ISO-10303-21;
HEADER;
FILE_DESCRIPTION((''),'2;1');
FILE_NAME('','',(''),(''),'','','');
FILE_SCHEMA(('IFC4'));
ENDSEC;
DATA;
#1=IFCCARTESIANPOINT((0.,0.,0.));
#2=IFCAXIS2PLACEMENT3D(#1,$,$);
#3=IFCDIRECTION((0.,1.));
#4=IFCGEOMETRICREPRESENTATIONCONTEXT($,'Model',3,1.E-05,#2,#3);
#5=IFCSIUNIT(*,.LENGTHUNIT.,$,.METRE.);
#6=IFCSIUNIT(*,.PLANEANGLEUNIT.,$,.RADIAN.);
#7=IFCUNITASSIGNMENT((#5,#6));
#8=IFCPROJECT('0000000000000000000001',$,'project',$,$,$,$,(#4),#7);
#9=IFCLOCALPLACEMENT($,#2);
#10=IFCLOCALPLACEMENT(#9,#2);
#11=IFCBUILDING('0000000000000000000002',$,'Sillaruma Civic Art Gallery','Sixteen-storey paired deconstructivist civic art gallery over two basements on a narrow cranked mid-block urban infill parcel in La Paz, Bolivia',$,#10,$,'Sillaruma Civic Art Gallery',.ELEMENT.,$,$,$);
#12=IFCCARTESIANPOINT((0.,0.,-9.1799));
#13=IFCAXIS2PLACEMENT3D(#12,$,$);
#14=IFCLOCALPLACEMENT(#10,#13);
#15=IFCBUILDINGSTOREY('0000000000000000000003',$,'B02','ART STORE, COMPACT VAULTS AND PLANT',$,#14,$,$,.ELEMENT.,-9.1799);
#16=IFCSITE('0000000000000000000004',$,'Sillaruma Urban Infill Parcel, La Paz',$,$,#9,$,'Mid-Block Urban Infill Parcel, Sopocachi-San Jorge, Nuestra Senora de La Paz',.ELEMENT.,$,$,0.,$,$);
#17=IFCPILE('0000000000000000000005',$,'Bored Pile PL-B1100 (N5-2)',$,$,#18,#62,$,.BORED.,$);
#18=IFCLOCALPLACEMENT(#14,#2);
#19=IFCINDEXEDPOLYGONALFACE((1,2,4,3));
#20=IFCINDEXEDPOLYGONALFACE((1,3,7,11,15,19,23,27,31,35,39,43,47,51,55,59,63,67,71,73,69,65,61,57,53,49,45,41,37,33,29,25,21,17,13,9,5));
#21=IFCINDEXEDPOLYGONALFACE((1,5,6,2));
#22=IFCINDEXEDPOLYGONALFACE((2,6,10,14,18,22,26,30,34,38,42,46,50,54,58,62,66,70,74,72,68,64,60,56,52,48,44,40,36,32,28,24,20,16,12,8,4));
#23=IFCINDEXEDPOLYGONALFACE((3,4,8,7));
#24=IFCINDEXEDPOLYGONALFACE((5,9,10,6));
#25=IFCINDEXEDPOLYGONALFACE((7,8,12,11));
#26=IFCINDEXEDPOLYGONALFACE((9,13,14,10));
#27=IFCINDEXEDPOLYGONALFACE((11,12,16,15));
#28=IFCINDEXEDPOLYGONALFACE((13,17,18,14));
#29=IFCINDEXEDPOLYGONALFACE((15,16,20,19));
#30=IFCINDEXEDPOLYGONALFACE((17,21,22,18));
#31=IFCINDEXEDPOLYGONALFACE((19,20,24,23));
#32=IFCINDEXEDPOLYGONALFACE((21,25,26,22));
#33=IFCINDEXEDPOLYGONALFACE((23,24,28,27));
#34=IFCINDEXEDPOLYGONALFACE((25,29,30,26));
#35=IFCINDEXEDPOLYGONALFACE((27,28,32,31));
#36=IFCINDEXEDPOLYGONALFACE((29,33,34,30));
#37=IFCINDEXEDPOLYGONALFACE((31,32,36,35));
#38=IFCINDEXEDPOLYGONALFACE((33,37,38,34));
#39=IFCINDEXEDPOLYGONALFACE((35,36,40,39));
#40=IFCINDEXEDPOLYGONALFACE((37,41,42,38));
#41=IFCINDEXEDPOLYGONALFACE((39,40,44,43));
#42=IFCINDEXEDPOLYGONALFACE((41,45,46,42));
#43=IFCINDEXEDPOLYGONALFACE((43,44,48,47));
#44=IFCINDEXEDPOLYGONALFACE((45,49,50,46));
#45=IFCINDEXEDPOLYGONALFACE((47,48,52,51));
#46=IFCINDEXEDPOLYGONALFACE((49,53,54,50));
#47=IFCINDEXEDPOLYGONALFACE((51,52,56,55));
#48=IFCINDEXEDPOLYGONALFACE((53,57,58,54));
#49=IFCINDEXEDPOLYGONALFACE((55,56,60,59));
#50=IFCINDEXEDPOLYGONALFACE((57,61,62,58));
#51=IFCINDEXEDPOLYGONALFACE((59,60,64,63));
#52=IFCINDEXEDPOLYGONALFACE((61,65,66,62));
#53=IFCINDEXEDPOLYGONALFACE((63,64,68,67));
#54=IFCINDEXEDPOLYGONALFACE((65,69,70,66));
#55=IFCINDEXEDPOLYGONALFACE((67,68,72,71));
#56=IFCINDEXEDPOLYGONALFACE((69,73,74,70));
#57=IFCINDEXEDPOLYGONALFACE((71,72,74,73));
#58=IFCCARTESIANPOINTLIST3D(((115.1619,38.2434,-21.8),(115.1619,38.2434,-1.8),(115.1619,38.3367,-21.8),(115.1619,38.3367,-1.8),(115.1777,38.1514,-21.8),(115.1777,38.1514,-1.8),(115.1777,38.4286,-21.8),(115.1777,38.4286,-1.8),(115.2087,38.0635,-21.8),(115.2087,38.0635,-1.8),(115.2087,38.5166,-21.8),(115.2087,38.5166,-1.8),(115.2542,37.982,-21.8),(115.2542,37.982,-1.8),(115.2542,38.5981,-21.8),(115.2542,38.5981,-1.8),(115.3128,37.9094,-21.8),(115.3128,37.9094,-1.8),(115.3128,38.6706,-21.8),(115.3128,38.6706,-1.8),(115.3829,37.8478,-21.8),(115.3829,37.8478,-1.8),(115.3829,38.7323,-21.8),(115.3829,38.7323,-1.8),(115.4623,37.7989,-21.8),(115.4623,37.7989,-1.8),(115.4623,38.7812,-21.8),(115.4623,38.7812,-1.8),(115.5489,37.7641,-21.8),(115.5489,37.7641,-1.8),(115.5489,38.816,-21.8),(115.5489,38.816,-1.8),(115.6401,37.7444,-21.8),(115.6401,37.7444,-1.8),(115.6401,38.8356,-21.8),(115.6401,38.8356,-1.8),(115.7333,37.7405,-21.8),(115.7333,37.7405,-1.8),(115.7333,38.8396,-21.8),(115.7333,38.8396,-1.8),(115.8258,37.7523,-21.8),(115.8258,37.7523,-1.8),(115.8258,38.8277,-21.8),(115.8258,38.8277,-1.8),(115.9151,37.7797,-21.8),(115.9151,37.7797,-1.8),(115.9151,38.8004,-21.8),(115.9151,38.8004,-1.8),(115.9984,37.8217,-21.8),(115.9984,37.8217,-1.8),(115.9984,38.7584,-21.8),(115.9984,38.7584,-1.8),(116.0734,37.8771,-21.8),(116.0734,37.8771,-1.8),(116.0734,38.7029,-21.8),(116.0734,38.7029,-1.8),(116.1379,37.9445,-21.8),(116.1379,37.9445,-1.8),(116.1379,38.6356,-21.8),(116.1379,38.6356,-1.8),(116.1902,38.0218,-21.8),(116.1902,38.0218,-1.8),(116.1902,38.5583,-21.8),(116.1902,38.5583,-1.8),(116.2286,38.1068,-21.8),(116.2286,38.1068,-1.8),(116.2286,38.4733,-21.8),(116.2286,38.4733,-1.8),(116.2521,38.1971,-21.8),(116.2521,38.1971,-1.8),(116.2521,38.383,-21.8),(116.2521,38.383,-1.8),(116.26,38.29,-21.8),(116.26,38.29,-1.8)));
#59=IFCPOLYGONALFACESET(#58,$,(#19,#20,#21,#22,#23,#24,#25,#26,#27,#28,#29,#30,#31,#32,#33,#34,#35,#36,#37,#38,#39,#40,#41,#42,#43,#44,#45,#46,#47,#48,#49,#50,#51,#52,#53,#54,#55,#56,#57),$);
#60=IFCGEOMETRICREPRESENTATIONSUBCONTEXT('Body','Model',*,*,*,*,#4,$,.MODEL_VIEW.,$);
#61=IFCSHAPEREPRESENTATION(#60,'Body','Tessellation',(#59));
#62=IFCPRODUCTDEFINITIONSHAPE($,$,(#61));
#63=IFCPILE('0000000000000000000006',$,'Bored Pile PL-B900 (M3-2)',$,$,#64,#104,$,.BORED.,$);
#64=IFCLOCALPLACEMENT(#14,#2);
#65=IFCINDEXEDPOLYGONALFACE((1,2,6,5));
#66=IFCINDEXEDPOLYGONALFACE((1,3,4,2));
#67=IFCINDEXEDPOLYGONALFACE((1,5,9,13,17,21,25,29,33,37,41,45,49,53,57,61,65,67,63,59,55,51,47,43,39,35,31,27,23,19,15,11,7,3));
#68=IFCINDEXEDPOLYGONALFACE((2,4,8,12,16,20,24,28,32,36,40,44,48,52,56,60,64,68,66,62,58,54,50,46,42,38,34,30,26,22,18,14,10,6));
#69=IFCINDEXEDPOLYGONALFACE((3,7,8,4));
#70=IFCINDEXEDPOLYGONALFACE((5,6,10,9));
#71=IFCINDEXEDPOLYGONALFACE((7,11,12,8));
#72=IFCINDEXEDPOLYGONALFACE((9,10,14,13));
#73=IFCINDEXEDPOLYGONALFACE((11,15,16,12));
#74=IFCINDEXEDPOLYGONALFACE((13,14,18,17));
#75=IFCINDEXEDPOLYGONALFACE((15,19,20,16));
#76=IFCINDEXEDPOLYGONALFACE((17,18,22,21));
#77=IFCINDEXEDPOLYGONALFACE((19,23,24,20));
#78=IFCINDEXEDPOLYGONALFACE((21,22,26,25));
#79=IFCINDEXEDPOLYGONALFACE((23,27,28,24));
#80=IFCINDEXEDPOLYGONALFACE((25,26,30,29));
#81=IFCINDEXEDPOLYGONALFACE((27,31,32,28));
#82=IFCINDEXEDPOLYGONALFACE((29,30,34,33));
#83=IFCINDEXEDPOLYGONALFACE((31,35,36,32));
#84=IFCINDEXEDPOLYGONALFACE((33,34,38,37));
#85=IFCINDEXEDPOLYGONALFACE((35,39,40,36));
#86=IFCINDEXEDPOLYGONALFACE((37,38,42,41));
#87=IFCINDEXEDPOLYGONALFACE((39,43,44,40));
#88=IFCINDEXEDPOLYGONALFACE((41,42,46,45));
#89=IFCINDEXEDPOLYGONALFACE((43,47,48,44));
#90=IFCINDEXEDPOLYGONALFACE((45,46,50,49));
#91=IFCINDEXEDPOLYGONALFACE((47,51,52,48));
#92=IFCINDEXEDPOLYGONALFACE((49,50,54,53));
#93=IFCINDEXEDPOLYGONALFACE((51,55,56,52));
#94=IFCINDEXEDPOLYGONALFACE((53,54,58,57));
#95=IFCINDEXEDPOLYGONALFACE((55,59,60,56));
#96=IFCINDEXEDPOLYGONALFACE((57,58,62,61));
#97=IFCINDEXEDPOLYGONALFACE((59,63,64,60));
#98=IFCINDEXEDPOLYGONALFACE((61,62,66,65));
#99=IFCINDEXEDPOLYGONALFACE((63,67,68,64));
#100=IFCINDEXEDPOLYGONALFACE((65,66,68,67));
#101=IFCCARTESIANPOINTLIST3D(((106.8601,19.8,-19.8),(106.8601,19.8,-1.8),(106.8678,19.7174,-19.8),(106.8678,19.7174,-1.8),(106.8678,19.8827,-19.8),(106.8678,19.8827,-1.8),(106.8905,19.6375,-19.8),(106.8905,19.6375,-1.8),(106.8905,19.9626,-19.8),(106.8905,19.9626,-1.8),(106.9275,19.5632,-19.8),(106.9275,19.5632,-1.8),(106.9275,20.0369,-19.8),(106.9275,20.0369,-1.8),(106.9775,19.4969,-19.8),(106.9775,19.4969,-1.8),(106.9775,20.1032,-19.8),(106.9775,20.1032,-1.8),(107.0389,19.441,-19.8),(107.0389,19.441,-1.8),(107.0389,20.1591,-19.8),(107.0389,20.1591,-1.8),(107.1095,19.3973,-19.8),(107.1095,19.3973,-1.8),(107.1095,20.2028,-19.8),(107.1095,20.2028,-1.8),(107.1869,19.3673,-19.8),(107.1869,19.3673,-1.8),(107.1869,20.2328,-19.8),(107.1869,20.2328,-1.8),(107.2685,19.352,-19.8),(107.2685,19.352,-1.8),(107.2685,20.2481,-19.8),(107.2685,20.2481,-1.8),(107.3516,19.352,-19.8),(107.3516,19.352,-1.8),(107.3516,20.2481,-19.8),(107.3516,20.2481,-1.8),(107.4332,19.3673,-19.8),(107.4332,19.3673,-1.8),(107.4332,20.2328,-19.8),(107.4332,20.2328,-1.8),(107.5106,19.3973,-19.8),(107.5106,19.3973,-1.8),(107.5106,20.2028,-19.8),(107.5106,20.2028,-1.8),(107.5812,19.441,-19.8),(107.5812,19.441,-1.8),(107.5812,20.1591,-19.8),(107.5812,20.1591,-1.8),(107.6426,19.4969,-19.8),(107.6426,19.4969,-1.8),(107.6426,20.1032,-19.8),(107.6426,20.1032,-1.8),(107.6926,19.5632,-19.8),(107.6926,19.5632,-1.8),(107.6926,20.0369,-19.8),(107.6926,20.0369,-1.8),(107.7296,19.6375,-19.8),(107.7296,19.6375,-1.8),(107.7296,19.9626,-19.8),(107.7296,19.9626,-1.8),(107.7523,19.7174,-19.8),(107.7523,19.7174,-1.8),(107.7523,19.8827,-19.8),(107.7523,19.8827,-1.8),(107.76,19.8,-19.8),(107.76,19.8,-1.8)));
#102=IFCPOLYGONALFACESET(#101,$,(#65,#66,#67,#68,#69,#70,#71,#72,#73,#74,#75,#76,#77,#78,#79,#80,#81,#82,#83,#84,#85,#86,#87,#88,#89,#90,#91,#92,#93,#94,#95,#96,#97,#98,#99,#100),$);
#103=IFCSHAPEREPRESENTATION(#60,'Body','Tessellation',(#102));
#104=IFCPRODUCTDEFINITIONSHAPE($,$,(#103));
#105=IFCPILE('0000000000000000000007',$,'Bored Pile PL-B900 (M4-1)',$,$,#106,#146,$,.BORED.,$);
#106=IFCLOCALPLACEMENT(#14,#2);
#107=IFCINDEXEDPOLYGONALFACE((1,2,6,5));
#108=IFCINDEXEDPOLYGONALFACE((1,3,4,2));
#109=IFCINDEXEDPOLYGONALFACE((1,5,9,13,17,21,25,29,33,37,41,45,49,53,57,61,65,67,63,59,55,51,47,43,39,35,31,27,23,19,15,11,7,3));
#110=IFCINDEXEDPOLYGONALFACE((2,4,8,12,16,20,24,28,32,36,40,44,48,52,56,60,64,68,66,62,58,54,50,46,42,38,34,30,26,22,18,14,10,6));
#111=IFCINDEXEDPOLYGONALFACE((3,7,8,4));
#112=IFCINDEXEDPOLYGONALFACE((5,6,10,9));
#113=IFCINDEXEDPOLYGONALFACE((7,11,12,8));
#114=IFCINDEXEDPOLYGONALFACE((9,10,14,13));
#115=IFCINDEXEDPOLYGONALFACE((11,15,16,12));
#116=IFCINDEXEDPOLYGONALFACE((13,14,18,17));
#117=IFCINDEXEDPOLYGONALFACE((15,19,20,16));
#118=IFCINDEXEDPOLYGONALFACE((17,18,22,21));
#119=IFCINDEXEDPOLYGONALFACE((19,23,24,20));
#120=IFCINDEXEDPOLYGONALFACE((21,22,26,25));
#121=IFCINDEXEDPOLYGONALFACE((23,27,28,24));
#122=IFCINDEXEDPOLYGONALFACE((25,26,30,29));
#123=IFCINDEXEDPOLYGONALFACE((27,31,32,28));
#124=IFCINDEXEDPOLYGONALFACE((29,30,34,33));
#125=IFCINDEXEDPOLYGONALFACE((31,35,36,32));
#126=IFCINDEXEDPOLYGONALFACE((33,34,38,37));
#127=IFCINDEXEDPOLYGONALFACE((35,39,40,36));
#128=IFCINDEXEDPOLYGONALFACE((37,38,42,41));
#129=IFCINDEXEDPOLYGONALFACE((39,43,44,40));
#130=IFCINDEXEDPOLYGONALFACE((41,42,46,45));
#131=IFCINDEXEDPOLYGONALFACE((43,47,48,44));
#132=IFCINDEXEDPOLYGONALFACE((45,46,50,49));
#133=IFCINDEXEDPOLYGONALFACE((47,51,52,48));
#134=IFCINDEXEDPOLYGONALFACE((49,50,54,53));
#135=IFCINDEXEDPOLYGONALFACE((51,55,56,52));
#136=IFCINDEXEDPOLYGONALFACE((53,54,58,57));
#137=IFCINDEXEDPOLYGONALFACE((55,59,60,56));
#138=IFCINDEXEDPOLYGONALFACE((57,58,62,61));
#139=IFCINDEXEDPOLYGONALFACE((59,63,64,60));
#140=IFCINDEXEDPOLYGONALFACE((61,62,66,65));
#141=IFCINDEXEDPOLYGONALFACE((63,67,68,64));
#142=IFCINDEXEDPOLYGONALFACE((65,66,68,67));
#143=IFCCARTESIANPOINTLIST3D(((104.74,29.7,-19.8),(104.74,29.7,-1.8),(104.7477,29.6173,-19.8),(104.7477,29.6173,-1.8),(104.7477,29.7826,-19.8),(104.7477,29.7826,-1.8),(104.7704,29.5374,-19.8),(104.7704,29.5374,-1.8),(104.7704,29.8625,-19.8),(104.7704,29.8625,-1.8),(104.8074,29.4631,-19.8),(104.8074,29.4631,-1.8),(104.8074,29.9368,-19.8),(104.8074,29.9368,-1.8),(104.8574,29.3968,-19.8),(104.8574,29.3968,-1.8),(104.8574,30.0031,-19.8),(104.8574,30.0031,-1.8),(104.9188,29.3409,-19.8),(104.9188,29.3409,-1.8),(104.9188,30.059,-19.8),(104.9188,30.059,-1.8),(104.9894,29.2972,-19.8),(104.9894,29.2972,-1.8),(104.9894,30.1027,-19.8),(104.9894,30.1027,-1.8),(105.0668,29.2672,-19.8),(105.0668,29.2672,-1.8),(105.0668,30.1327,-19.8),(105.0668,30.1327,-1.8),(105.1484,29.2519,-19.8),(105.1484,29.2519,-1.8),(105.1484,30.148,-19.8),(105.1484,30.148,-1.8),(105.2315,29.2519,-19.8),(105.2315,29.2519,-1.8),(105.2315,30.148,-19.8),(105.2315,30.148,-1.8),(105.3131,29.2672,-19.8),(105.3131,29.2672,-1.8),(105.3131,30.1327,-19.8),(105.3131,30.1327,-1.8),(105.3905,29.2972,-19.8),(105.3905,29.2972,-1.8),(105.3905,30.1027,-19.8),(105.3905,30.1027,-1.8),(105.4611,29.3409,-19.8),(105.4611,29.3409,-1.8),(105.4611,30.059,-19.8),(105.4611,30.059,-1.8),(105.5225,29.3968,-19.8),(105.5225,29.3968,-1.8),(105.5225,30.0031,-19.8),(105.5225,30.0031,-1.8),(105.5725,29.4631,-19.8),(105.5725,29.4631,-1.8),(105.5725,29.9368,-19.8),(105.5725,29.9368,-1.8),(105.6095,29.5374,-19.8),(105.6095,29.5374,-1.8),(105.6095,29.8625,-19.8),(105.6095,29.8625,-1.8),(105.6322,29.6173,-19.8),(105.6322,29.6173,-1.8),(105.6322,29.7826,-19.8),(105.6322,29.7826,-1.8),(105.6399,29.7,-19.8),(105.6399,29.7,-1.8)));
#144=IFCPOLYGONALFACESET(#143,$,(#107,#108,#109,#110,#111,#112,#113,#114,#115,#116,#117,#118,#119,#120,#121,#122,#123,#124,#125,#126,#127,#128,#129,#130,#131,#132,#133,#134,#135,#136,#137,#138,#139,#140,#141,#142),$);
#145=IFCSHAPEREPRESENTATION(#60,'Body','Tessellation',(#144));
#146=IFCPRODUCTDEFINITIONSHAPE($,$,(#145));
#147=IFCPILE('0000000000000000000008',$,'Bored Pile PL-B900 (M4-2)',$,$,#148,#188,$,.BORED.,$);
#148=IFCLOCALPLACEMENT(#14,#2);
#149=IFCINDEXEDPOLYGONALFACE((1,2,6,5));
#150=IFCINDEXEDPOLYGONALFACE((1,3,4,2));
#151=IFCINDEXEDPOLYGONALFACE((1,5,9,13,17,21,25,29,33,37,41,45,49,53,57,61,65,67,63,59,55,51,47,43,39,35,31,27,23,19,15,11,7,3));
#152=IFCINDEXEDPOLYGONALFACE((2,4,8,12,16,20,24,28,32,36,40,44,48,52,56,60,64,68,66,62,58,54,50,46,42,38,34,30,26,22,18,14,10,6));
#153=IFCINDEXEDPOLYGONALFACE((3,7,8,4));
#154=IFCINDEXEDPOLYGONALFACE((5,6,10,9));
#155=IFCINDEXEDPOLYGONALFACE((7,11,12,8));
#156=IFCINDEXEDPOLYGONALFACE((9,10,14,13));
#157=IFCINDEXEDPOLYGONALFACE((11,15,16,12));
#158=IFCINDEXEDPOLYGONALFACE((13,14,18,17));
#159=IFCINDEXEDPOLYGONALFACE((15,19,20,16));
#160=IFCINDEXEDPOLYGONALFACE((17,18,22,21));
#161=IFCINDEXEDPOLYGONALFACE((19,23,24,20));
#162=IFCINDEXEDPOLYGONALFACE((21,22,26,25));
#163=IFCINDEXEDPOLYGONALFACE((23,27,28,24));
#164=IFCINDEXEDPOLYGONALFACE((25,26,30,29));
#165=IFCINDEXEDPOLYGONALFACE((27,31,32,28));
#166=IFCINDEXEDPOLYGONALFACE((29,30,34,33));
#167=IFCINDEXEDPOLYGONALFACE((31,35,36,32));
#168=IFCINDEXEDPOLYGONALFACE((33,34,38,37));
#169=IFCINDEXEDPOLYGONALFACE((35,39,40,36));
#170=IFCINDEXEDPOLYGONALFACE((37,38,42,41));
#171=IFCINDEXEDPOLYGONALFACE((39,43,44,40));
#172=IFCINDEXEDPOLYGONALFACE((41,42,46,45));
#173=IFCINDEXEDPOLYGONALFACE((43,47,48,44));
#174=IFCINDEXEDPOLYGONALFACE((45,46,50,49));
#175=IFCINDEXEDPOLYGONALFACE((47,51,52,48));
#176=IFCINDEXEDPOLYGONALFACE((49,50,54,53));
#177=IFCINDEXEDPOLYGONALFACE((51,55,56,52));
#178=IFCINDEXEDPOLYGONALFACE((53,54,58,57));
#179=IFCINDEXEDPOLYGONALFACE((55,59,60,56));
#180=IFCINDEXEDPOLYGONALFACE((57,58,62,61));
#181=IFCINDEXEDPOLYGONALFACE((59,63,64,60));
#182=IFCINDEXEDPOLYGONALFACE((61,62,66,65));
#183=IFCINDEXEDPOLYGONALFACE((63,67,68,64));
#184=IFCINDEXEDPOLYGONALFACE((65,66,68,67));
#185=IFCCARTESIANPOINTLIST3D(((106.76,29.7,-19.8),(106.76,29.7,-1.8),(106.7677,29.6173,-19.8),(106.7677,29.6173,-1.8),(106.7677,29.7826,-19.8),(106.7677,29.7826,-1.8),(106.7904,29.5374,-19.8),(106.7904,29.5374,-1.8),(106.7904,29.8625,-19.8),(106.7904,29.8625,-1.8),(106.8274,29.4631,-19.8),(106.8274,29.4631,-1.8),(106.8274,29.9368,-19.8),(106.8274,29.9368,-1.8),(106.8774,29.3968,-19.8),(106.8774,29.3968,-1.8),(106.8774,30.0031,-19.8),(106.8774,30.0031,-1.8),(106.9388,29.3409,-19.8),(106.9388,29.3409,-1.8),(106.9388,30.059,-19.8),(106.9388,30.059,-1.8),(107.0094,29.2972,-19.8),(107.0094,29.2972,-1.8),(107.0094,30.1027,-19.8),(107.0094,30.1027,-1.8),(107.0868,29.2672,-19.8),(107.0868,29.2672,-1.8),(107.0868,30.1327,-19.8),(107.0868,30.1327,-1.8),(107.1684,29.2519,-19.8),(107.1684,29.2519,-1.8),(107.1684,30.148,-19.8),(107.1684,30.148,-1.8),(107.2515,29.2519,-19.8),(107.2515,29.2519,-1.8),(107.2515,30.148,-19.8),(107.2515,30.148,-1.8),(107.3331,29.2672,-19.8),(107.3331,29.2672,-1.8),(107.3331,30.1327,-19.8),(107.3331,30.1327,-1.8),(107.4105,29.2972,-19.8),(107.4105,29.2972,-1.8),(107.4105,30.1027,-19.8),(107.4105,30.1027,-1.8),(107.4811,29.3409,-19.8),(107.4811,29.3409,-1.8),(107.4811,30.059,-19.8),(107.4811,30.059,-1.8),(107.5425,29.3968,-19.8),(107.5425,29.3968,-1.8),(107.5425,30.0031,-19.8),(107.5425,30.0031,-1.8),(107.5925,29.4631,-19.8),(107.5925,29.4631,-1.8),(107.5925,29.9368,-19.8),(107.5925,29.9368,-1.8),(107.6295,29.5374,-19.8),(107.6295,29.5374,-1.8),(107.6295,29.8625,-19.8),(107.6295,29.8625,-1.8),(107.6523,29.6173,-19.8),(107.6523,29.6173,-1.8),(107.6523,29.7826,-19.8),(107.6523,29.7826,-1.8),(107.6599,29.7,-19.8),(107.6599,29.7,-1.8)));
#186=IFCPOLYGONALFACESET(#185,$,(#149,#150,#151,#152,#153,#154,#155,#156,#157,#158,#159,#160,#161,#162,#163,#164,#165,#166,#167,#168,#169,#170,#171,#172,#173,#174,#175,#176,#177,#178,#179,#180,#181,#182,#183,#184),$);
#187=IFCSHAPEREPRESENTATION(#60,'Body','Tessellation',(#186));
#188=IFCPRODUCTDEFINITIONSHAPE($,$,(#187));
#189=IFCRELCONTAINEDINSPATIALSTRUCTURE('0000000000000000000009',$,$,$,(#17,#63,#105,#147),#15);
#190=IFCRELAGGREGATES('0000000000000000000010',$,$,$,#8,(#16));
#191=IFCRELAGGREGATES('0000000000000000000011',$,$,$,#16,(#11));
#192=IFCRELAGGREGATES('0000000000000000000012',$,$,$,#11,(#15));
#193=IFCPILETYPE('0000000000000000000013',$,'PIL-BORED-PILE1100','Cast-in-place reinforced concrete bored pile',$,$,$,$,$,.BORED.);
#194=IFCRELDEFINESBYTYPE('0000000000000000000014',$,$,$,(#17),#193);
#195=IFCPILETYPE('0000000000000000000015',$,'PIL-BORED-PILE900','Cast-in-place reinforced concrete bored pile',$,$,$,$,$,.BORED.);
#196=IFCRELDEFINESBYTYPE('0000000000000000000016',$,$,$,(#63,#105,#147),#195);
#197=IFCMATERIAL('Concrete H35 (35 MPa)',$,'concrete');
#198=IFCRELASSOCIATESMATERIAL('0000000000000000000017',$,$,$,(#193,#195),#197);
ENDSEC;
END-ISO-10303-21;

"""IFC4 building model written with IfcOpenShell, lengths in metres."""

from ifc_helpers import new_model, si_unit, direction, frame, origin, origin_2d, place, context, subcontext, project, spatial, circle, extrude, material, material_profile, profile_set, type_object, element, save


model = new_model("IFC4")

# Units and contexts
model_context = context("Model", 3, precision=1e-05, world=origin(), true_north=direction((0.0, 1.0)))
body_context = subcontext(model_context, "Body", "Model", "MODEL_VIEW")
ifc_project = project(units=[si_unit("LENGTHUNIT", "METRE"), si_unit("PLANEANGLEUNIT", "RADIAN")], contexts=[model_context])

# Site, building, storey
site_placement = place(None, origin())
site = spatial("IfcSite", under=ifc_project, at=site_placement, Name="Sillaruma Urban Infill Parcel, La Paz", LongName="Mid-Block Urban Infill Parcel, Sopocachi-San Jorge, Nuestra Senora de La Paz", CompositionType="ELEMENT", RefElevation=0.0)
building_placement = place(site_placement, origin())
building = spatial("IfcBuilding", under=site, at=building_placement, Name="Sillaruma Civic Art Gallery", Description="Sixteen-storey paired deconstructivist civic art gallery over two basements on a narrow cranked mid-block urban infill parcel in La Paz, Bolivia", LongName="Sillaruma Civic Art Gallery", CompositionType="ELEMENT")
storey_placement = place(building_placement, frame((0.0, 0.0, -9.1799)))
storey = spatial("IfcBuildingStorey", under=building, at=storey_placement, Name="B02", Description="ART STORE, COMPACT VAULTS AND PLANT", CompositionType="ELEMENT", Elevation=-9.1799)

# Shared definitions
ifc_material_1 = material(Name="Concrete H35 (35 MPa)", Category="concrete")

# Piles
ifc_material_profile_1 = material_profile(ifc_material_1, circle(Radius=0.55, at=origin_2d()), Name="PILE1100")
ifc_profile_set_1 = profile_set([ifc_material_profile_1], Name="Concrete H35 (35 MPa)")
pile_type_1 = type_object("IfcPileType", Name="PIL-BORED-PILE1100", Description="Cast-in-place reinforced concrete bored pile", PredefinedType="BORED", material=ifc_profile_set_1)
for number, where, z_axis, x_axis, name in (
    (1, (115.71, 38.29, -1.8), (0.0, 0.0, -1.0), (1.0, 0.0, 0.0), "Bored Pile PL-B1100 (N5-2)"),
):
    element("IfcPile", number, at=place(storey_placement, frame(where, z_axis=z_axis, x_axis=x_axis)), inside=storey, type_object=pile_type_1, Name=name, PredefinedType="BORED", context=body_context, shape_type="SweptSolid", body=[
        extrude(circle(Radius=0.55, at=origin_2d()), origin(), (0.0, 0.0, 1.0), 20.0),
    ])
ifc_material_profile_2 = material_profile(ifc_material_1, circle(Radius=0.45, at=origin_2d()), Name="PILE900")
ifc_profile_set_2 = profile_set([ifc_material_profile_2], Name="Concrete H35 (35 MPa)")
pile_type_2 = type_object("IfcPileType", Name="PIL-BORED-PILE900", Description="Cast-in-place reinforced concrete bored pile", PredefinedType="BORED", material=ifc_profile_set_2)
for number, where, z_axis, x_axis, name in (
    (2, (107.3101, 19.8, -1.8), (0.0, 0.0, -1.0), (1.0, 0.0, 0.0), "Bored Pile PL-B900 (M3-2)"),
    (3, (105.1899, 29.7, -1.8), (0.0, 0.0, -1.0), (1.0, 0.0, 0.0), "Bored Pile PL-B900 (M4-1)"),
    (4, (107.21, 29.7, -1.8), (0.0, 0.0, -1.0), (1.0, 0.0, 0.0), "Bored Pile PL-B900 (M4-2)"),
):
    element("IfcPile", number, at=place(storey_placement, frame(where, z_axis=z_axis, x_axis=x_axis)), inside=storey, type_object=pile_type_2, Name=name, PredefinedType="BORED", context=body_context, shape_type="SweptSolid", body=[
        extrude(circle(Radius=0.45, at=origin_2d()), origin(), (0.0, 0.0, 1.0), 18.0),
    ])

save(model, "model.ifc")
